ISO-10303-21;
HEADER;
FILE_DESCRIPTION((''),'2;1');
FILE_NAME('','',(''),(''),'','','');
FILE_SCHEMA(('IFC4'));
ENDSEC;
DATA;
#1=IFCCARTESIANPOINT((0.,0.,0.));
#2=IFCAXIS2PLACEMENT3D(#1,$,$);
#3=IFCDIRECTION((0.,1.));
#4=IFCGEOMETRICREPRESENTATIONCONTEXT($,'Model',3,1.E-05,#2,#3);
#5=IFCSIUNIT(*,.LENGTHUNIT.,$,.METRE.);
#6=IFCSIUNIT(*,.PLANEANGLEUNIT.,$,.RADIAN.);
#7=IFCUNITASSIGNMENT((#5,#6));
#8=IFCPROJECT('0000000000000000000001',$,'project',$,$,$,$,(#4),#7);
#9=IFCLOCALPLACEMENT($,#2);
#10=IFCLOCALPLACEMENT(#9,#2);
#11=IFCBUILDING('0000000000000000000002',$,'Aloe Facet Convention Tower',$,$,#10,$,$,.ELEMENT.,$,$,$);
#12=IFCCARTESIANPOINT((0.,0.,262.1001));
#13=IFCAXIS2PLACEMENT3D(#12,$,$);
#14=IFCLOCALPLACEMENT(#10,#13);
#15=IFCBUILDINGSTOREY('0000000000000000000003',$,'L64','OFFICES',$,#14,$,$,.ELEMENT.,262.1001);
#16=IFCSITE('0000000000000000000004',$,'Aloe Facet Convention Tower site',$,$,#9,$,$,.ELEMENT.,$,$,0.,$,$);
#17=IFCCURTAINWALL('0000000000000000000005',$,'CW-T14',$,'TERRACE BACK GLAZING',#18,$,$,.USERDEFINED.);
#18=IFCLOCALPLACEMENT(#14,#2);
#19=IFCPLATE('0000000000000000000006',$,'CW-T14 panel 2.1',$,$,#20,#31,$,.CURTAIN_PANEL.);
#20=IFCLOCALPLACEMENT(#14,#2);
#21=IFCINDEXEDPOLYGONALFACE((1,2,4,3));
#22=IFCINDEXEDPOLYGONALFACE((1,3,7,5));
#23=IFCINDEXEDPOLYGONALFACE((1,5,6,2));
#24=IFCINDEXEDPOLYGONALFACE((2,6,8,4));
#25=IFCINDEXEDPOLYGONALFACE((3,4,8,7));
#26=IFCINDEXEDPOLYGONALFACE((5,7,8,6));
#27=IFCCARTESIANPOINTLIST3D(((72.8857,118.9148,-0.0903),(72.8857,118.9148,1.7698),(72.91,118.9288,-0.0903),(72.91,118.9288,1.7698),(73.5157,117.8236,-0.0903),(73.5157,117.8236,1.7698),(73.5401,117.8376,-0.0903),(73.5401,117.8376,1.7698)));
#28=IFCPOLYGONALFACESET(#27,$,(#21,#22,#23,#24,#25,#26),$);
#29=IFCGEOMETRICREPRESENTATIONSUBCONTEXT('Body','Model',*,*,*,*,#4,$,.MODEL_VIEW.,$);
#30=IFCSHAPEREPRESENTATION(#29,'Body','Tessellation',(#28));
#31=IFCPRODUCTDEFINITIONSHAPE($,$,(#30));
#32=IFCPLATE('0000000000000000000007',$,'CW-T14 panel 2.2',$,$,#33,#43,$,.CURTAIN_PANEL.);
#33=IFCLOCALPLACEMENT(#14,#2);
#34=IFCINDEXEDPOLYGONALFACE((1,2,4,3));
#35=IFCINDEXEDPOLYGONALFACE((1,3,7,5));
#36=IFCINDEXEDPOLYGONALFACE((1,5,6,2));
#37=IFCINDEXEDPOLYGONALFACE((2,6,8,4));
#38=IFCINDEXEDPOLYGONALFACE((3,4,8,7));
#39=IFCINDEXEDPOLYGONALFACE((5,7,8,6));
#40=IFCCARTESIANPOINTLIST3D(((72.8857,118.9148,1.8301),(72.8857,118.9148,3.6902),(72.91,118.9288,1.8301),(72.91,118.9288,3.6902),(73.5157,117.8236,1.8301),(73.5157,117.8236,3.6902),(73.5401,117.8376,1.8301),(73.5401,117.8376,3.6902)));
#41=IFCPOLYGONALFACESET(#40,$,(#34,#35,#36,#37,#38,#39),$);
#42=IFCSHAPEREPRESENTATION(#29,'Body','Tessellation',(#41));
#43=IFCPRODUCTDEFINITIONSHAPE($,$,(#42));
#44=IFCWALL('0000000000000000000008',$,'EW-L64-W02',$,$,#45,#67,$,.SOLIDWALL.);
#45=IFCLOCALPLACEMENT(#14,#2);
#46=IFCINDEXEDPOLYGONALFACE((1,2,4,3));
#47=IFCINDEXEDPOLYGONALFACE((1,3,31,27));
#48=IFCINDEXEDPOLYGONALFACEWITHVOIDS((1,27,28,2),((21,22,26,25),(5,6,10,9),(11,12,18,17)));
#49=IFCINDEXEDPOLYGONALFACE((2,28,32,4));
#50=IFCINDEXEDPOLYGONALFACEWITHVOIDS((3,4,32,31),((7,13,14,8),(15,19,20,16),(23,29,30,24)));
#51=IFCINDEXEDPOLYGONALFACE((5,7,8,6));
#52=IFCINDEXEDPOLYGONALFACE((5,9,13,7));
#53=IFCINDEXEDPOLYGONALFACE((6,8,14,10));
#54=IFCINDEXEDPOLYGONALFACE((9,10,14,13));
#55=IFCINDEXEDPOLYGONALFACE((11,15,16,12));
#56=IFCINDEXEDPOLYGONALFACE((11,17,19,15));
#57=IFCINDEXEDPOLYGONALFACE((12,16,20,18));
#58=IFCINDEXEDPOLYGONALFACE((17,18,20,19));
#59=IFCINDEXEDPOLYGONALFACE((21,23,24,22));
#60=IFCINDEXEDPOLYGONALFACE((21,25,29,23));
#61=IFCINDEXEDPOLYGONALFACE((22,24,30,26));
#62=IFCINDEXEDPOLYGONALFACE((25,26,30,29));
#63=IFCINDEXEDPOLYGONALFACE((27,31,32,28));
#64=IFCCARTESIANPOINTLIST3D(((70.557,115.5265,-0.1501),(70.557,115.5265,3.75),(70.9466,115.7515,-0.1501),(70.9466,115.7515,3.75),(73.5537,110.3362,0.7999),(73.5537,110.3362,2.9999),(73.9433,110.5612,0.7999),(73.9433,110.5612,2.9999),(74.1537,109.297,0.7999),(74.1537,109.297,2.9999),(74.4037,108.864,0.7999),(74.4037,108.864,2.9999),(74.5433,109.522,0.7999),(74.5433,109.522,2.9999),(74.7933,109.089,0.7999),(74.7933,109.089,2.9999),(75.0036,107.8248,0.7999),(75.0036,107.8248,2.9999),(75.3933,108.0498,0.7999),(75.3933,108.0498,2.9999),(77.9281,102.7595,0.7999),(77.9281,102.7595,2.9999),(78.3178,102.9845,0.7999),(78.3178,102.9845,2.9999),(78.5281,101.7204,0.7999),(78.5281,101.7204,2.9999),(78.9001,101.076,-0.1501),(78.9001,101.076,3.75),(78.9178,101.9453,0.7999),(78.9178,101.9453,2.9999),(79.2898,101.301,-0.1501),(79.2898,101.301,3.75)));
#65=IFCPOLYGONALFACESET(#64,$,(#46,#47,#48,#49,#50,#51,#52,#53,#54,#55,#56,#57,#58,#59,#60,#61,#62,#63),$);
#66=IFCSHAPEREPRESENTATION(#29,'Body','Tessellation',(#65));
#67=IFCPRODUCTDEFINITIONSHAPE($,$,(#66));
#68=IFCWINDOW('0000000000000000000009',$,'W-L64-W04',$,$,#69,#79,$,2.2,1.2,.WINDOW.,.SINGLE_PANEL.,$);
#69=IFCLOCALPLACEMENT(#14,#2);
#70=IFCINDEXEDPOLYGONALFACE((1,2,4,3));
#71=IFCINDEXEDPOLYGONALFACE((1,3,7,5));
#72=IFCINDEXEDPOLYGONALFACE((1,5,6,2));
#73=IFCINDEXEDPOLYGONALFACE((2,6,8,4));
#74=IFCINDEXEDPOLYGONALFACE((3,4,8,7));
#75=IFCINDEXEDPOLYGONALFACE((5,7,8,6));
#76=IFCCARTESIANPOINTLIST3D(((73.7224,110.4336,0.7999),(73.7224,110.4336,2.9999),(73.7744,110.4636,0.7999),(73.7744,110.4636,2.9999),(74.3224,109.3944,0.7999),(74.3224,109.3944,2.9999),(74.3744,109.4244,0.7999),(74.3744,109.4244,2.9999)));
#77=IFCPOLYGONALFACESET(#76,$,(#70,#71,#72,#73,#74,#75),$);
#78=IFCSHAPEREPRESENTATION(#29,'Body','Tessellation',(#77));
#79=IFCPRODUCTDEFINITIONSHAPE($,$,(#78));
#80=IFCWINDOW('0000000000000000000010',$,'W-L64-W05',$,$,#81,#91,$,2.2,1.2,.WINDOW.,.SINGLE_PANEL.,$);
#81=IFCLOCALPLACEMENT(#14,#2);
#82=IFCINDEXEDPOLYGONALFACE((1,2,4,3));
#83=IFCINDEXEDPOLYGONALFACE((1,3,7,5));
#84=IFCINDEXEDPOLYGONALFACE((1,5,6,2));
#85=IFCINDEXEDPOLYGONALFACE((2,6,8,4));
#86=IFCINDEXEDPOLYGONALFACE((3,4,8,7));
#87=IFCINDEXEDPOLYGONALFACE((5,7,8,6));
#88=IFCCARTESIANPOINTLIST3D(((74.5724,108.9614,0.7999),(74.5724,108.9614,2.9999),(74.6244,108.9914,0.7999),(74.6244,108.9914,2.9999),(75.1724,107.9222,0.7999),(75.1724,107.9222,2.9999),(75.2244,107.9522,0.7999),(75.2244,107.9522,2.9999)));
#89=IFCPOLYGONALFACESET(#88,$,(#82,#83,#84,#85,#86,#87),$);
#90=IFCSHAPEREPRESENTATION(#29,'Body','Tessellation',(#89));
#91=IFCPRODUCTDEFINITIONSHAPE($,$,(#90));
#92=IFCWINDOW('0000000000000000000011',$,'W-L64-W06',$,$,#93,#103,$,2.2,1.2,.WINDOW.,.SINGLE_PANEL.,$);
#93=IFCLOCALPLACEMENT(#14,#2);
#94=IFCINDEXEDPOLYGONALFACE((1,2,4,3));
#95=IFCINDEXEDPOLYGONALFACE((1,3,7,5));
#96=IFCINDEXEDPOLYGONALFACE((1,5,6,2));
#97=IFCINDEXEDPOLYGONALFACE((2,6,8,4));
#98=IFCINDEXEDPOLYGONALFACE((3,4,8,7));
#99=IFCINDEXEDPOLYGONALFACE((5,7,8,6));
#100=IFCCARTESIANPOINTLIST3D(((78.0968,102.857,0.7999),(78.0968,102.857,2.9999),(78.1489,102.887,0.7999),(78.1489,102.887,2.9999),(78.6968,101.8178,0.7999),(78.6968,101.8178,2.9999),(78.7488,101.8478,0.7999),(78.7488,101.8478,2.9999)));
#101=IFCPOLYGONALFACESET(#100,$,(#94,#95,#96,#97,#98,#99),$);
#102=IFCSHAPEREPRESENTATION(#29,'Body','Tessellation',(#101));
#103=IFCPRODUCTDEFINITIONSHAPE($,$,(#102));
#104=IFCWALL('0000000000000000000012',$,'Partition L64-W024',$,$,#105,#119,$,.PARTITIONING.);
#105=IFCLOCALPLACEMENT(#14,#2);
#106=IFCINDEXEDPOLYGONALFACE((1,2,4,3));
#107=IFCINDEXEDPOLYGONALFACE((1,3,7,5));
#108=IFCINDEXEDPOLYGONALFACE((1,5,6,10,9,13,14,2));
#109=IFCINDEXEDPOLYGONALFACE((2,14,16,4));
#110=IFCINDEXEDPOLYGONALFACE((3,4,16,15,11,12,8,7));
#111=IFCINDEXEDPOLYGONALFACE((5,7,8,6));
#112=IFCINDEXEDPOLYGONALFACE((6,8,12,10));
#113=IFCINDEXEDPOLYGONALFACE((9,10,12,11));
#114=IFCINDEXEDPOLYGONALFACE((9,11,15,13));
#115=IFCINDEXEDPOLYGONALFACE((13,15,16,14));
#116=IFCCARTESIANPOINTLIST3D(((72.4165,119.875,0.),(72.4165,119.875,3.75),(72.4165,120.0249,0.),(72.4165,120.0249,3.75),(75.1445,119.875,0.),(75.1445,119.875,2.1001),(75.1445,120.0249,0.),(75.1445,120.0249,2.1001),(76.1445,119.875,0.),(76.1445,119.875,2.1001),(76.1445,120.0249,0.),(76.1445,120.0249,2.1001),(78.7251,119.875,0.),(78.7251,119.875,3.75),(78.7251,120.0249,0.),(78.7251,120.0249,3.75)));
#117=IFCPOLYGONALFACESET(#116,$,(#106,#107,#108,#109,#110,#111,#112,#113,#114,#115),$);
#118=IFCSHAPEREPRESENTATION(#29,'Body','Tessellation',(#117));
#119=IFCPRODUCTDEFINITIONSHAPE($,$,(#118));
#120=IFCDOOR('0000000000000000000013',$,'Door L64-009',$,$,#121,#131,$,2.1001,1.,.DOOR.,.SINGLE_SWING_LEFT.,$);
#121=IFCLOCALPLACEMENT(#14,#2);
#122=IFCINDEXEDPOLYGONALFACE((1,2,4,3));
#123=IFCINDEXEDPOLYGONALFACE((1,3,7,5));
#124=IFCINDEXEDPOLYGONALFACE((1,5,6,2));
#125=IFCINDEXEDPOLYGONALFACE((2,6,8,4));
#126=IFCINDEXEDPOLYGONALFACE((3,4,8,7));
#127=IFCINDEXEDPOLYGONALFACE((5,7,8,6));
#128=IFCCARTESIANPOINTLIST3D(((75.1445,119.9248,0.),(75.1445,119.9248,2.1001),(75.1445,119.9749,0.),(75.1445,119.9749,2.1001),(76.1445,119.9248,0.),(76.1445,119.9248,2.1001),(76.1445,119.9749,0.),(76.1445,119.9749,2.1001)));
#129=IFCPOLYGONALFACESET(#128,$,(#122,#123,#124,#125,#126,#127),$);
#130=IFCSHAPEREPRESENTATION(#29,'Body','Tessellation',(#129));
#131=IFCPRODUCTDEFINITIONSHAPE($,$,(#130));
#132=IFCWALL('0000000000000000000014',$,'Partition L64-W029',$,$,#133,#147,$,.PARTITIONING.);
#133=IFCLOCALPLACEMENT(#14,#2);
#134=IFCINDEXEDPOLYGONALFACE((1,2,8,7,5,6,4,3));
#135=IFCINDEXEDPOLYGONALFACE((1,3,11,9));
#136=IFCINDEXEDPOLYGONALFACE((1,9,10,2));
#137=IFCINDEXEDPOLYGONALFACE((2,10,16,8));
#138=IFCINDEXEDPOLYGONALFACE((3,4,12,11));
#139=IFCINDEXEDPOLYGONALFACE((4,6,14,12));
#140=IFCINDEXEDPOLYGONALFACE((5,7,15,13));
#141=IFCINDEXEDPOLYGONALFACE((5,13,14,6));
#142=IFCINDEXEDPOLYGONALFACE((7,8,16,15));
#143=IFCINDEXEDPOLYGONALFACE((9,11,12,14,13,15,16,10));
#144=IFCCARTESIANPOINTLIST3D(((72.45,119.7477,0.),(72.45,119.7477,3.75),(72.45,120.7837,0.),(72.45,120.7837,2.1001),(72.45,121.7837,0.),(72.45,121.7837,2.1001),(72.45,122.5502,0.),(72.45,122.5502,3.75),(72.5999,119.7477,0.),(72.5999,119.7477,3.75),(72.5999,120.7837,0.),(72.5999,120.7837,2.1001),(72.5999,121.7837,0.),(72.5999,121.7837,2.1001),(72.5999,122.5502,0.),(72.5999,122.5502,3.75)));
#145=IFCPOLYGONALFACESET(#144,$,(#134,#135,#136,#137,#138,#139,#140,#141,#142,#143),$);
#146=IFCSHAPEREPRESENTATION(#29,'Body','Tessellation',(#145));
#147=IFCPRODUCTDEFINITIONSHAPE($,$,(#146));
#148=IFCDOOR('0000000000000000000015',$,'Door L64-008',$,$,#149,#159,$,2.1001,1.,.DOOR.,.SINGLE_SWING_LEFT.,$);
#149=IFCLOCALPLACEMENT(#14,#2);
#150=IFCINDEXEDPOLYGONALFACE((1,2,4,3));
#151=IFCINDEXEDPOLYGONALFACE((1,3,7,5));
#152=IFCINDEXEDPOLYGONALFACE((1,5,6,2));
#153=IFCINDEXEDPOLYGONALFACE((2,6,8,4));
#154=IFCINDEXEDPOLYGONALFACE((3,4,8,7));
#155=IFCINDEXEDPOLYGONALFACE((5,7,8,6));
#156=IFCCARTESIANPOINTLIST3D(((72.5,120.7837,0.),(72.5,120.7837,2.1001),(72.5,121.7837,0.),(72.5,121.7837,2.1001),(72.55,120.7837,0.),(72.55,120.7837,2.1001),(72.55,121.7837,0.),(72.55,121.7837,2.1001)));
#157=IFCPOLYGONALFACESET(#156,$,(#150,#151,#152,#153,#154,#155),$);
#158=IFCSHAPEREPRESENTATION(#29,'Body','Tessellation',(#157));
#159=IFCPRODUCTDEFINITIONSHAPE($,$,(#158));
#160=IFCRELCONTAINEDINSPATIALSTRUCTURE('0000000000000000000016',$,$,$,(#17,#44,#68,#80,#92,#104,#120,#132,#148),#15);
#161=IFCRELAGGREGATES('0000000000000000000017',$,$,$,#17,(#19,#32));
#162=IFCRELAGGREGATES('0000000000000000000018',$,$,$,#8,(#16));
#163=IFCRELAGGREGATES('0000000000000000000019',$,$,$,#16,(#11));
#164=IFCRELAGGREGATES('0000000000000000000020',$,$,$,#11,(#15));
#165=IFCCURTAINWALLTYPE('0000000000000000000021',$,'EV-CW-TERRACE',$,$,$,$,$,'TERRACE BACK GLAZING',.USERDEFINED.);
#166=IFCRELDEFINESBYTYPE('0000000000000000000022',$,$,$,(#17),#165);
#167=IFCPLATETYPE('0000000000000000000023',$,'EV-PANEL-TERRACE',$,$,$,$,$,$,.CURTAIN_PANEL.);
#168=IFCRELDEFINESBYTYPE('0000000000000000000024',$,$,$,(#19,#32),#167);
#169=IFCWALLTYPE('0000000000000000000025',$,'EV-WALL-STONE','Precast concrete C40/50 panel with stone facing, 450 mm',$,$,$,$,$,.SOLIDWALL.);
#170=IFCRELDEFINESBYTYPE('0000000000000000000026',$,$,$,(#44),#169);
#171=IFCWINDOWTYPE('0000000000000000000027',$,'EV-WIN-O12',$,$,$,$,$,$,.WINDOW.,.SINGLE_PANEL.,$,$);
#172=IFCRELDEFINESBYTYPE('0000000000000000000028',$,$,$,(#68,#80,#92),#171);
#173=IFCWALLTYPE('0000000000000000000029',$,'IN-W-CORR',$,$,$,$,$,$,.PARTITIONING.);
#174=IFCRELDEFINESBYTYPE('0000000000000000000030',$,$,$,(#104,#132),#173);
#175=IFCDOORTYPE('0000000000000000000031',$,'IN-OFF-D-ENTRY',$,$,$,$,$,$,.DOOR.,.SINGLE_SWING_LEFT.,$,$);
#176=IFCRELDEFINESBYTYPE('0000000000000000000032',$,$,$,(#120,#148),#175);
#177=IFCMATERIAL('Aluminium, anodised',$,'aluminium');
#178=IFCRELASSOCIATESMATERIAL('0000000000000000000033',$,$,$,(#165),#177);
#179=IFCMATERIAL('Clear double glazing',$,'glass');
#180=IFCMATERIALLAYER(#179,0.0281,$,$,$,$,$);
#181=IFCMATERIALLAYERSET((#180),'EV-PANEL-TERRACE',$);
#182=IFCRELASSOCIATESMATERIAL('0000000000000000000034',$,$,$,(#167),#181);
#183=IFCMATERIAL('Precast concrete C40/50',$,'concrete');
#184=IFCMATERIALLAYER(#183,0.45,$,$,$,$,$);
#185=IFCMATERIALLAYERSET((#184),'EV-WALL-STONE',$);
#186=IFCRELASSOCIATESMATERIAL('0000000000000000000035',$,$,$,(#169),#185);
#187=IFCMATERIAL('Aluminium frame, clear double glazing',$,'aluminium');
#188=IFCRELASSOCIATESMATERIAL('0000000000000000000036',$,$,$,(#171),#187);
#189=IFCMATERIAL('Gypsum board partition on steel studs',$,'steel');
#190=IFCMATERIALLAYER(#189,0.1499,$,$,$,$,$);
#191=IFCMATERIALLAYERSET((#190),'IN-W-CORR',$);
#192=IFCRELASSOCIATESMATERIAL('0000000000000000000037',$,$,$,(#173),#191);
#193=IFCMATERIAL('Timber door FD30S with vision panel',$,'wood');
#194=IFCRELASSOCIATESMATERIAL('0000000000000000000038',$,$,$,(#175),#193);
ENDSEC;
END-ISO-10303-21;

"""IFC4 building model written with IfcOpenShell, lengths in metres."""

from ifc_helpers import new_model, si_unit, direction, frame, frame_2d, origin, origin_2d, place, context, subcontext, project, spatial, polyline, rectangle, outline, extrude, material, layer, layer_set, type_object, element, fill, aggregate, save


model = new_model("IFC4")

# Units and contexts
model_context = context("Model", 3, precision=1e-05, world=origin(), true_north=direction((0.0, 1.0)))
body_context = subcontext(model_context, "Body", "Model", "MODEL_VIEW")
ifc_project = project(units=[si_unit("LENGTHUNIT", "METRE"), si_unit("PLANEANGLEUNIT", "RADIAN")], contexts=[model_context])

# Site, building, storey
site_placement = place(None, origin())
site = spatial("IfcSite", under=ifc_project, at=site_placement, Name="Aloe Facet Convention Tower site", CompositionType="ELEMENT", RefElevation=0.0)
building_placement = place(site_placement, origin())
building = spatial("IfcBuilding", under=site, at=building_placement, Name="Aloe Facet Convention Tower", CompositionType="ELEMENT")
storey_placement = place(building_placement, frame((0.0, 0.0, 262.1001)))
storey = spatial("IfcBuildingStorey", under=building, at=storey_placement, Name="L64", Description="OFFICES", CompositionType="ELEMENT", Elevation=262.1001)

# Curtain wall
ifc_material_1 = material(Name="Aluminium, anodised", Category="aluminium")
curtain_wall_type = type_object("IfcCurtainWallType", Name="EV-CW-TERRACE", ElementType="TERRACE BACK GLAZING", PredefinedType="USERDEFINED", material=ifc_material_1)
curtain_wall_placement = place(storey_placement, origin())
curtain_wall = element("IfcCurtainWall", 1, at=curtain_wall_placement, inside=storey, type_object=curtain_wall_type, Name="CW-T14", ObjectType="TERRACE BACK GLAZING", PredefinedType="USERDEFINED")

# Plates
ifc_material_2 = material(Name="Clear double glazing", Category="glass")
ifc_layer_1 = layer(ifc_material_2, 0.0281)
ifc_layer_set_1 = layer_set([ifc_layer_1], Name="EV-PANEL-TERRACE")
plate_type = type_object("IfcPlateType", Name="EV-PANEL-TERRACE", PredefinedType="CURTAIN_PANEL", material=ifc_layer_set_1)
plate_1_placement = place(storey_placement, frame((73.2129, 118.3762, -0.0903), z_axis=(0.0, 0.0, 1.0), x_axis=(0.5, -0.866025, 0.0)))
plate_1 = element("IfcPlate", 2, at=plate_1_placement, type_object=plate_type, Name="CW-T14 panel 2.1", PredefinedType="CURTAIN_PANEL", context=body_context, shape_type="SweptSolid", body=[
    extrude(rectangle(XDim=1.26, YDim=0.0281, at=origin_2d()), origin(), (0.0, 0.0, 1.0), 1.8601),
])
plate_2_placement = place(storey_placement, frame((73.2129, 118.3762, 1.8301), z_axis=(0.0, 0.0, 1.0), x_axis=(0.5, -0.866025, 0.0)))
plate_2 = element("IfcPlate", 3, at=plate_2_placement, type_object=plate_type, Name="CW-T14 panel 2.2", PredefinedType="CURTAIN_PANEL", context=body_context, shape_type="SweptSolid", body=[
    extrude(rectangle(XDim=1.26, YDim=0.0281, at=origin_2d()), origin(), (0.0, 0.0, 1.0), 1.8601),
])
aggregate(curtain_wall, [plate_1, plate_2])

# Wall, openings, windows
ifc_material_3 = material(Name="Precast concrete C40/50", Category="concrete")
ifc_layer_2 = layer(ifc_material_3, 0.45)
ifc_layer_set_2 = layer_set([ifc_layer_2], Name="EV-WALL-STONE")
wall_type_1 = type_object("IfcWallType", Name="EV-WALL-STONE", Description="Precast concrete C40/50 panel with stone facing, 450 mm", PredefinedType="SOLIDWALL", material=ifc_layer_set_2)
wall_1_placement = place(storey_placement, frame((70.7517, 115.6389, -0.1501), z_axis=(0.0, 0.0, 1.0), x_axis=(0.500007, -0.866021, 0.0)))
wall_1 = element("IfcWall", 4, at=wall_1_placement, inside=storey, type_object=wall_type_1, Name="EW-L64-W02", PredefinedType="SOLIDWALL", context=body_context, shape_type="SweptSolid", body=[
    extrude(outline(polyline([(16.686, 3.9001), (16.686, 0.0), (0.0, 0.0), (0.0, 3.9001), (16.686, 3.9001)])), frame((0.0, 0.2251, 0.0), z_axis=(0.0, -1.0, 0.0), x_axis=(1.0, 0.0, 0.0)), (0.0, 0.0, 1.0), 0.45),
])
opening_1_placement = place(wall_1_placement, frame((5.9932, 0.0, 0.95)))
opening_1 = element("IfcOpeningElement", 5, at=opening_1_placement, cuts=wall_1, PredefinedType="OPENING", context=body_context, shape_type="SweptSolid", body=[
    extrude(rectangle(XDim=1.2, YDim=2.2, at=frame_2d((0.6001, 1.1001))), frame((0.0, 0.2349, 0.0), z_axis=(0.0, -1.0, 0.0), x_axis=(1.0, 0.0, 0.0)), (0.0, 0.0, 1.0), 0.47),
])
opening_2_placement = place(wall_1_placement, frame((7.6931, 0.0, 0.95)))
opening_2 = element("IfcOpeningElement", 6, at=opening_2_placement, cuts=wall_1, PredefinedType="OPENING", context=body_context, shape_type="SweptSolid", body=[
    extrude(rectangle(XDim=1.2, YDim=2.2, at=frame_2d((0.6001, 1.1001))), frame((0.0, 0.2349, 0.0), z_axis=(0.0, -1.0, 0.0), x_axis=(1.0, 0.0, 0.0)), (0.0, 0.0, 1.0), 0.47),
])
opening_3_placement = place(wall_1_placement, frame((14.7419, 0.0, 0.95)))
opening_3 = element("IfcOpeningElement", 7, at=opening_3_placement, cuts=wall_1, PredefinedType="OPENING", context=body_context, shape_type="SweptSolid", body=[
    extrude(rectangle(XDim=1.2, YDim=2.2, at=frame_2d((0.6001, 1.1001))), frame((0.0, 0.2349, 0.0), z_axis=(0.0, -1.0, 0.0), x_axis=(1.0, 0.0, 0.0)), (0.0, 0.0, 1.0), 0.47),
])
ifc_material_4 = material(Name="Aluminium frame, clear double glazing", Category="aluminium")
window_type = type_object("IfcWindowType", Name="EV-WIN-O12", PartitioningType="SINGLE_PANEL", PredefinedType="WINDOW", material=ifc_material_4)
window_1_placement = place(opening_1_placement, origin())
window_1 = element("IfcWindow", 8, at=window_1_placement, inside=storey, type_object=window_type, Name="W-L64-W04", OverallHeight=2.2, OverallWidth=1.2, PartitioningType="SINGLE_PANEL", PredefinedType="WINDOW", context=body_context, shape_type="SweptSolid", body=[
    extrude(rectangle(XDim=1.2, YDim=2.2, at=frame_2d((0.6001, 1.1001))), frame((0.0, 0.03, 0.0), z_axis=(0.0, -1.0, 0.0), x_axis=(1.0, 0.0, 0.0)), (0.0, 0.0, 1.0), 0.0601),
])
fill(opening_1, window_1)
window_2_placement = place(opening_2_placement, origin())
window_2 = element("IfcWindow", 9, at=window_2_placement, inside=storey, type_object=window_type, Name="W-L64-W05", OverallHeight=2.2, OverallWidth=1.2, PartitioningType="SINGLE_PANEL", PredefinedType="WINDOW", context=body_context, shape_type="SweptSolid", body=[
    extrude(rectangle(XDim=1.2, YDim=2.2, at=frame_2d((0.6001, 1.1001))), frame((0.0, 0.03, 0.0), z_axis=(0.0, -1.0, 0.0), x_axis=(1.0, 0.0, 0.0)), (0.0, 0.0, 1.0), 0.0601),
])
fill(opening_2, window_2)
window_3_placement = place(opening_3_placement, origin())
window_3 = element("IfcWindow", 10, at=window_3_placement, inside=storey, type_object=window_type, Name="W-L64-W06", OverallHeight=2.2, OverallWidth=1.2, PartitioningType="SINGLE_PANEL", PredefinedType="WINDOW", context=body_context, shape_type="SweptSolid", body=[
    extrude(rectangle(XDim=1.2, YDim=2.2, at=frame_2d((0.6001, 1.1001))), frame((0.0, 0.03, 0.0), z_axis=(0.0, -1.0, 0.0), x_axis=(1.0, 0.0, 0.0)), (0.0, 0.0, 1.0), 0.0601),
])
fill(opening_3, window_3)

# Walls, openings, doors
ifc_material_5 = material(Name="Gypsum board partition on steel studs", Category="steel")
ifc_layer_3 = layer(ifc_material_5, 0.1499)
ifc_layer_set_3 = layer_set([ifc_layer_3], Name="IN-W-CORR")
wall_type_2 = type_object("IfcWallType", Name="IN-W-CORR", PredefinedType="PARTITIONING", material=ifc_layer_set_3)
wall_2_placement = place(storey_placement, frame((72.4165, 119.95, 0.0), z_axis=(0.0, 0.0, 1.0), x_axis=(1.0, 0.0, 0.0)))
wall_2 = element("IfcWall", 11, at=wall_2_placement, inside=storey, type_object=wall_type_2, Name="Partition L64-W024", PredefinedType="PARTITIONING", context=body_context, shape_type="SweptSolid", body=[
    extrude(rectangle(XDim=6.3086, YDim=0.1499, at=frame_2d((3.1543, 0.0))), origin(), (0.0, 0.0, 1.0), 3.75),
])
opening_4_placement = place(wall_2_placement, frame((2.728, 0.0, 0.0)))
opening_4 = element("IfcOpeningElement", 12, at=opening_4_placement, cuts=wall_2, PredefinedType="OPENING", context=body_context, shape_type="SweptSolid", body=[
    extrude(rectangle(XDim=1.0, YDim=2.1001, at=frame_2d((0.5, 1.05))), frame((0.0, 0.085, 0.0), z_axis=(0.0, -1.0, 0.0), x_axis=(1.0, 0.0, 0.0)), (0.0, 0.0, 1.0), 0.1699),
])
ifc_material_6 = material(Name="Timber door FD30S with vision panel", Category="wood")
door_type = type_object("IfcDoorType", Name="IN-OFF-D-ENTRY", OperationType="SINGLE_SWING_LEFT", PredefinedType="DOOR", material=ifc_material_6)
door_1_placement = place(opening_4_placement, origin())
door_1 = element("IfcDoor", 13, at=door_1_placement, inside=storey, type_object=door_type, Name="Door L64-009", OperationType="SINGLE_SWING_LEFT", OverallHeight=2.1001, OverallWidth=1.0, PredefinedType="DOOR", context=body_context, shape_type="SweptSolid", body=[
    extrude(rectangle(XDim=1.0, YDim=2.1001, at=frame_2d((0.5, 1.05))), frame((0.0, 0.0249, 0.0), z_axis=(0.0, -1.0, 0.0), x_axis=(1.0, 0.0, 0.0)), (0.0, 0.0, 1.0), 0.05),
])
fill(opening_4, door_1)
wall_3_placement = place(storey_placement, frame((72.5249, 119.7476, 0.0), z_axis=(0.0, 0.0, 1.0), x_axis=(0.0, 1.0, 0.0)))
wall_3 = element("IfcWall", 14, at=wall_3_placement, inside=storey, type_object=wall_type_2, Name="Partition L64-W029", PredefinedType="PARTITIONING", context=body_context, shape_type="SweptSolid", body=[
    extrude(rectangle(XDim=2.8025, YDim=0.1499, at=frame_2d((1.4014, 0.0))), origin(), (0.0, 0.0, 1.0), 3.75),
])
opening_5_placement = place(wall_3_placement, frame((1.0361, 0.0, 0.0)))
opening_5 = element("IfcOpeningElement", 15, at=opening_5_placement, cuts=wall_3, PredefinedType="OPENING", context=body_context, shape_type="SweptSolid", body=[
    extrude(rectangle(XDim=1.0, YDim=2.1001, at=frame_2d((0.5, 1.05))), frame((0.0, 0.085, 0.0), z_axis=(0.0, -1.0, 0.0), x_axis=(1.0, 0.0, 0.0)), (0.0, 0.0, 1.0), 0.1699),
])
door_2_placement = place(opening_5_placement, origin())
door_2 = element("IfcDoor", 16, at=door_2_placement, inside=storey, type_object=door_type, Name="Door L64-008", OperationType="SINGLE_SWING_LEFT", OverallHeight=2.1001, OverallWidth=1.0, PredefinedType="DOOR", context=body_context, shape_type="SweptSolid", body=[
    extrude(rectangle(XDim=1.0, YDim=2.1001, at=frame_2d((0.5, 1.05))), frame((0.0, 0.0249, 0.0), z_axis=(0.0, -1.0, 0.0), x_axis=(1.0, 0.0, 0.0)), (0.0, 0.0, 1.0), 0.05),
])
fill(opening_5, door_2)

save(model, "model.ifc")
